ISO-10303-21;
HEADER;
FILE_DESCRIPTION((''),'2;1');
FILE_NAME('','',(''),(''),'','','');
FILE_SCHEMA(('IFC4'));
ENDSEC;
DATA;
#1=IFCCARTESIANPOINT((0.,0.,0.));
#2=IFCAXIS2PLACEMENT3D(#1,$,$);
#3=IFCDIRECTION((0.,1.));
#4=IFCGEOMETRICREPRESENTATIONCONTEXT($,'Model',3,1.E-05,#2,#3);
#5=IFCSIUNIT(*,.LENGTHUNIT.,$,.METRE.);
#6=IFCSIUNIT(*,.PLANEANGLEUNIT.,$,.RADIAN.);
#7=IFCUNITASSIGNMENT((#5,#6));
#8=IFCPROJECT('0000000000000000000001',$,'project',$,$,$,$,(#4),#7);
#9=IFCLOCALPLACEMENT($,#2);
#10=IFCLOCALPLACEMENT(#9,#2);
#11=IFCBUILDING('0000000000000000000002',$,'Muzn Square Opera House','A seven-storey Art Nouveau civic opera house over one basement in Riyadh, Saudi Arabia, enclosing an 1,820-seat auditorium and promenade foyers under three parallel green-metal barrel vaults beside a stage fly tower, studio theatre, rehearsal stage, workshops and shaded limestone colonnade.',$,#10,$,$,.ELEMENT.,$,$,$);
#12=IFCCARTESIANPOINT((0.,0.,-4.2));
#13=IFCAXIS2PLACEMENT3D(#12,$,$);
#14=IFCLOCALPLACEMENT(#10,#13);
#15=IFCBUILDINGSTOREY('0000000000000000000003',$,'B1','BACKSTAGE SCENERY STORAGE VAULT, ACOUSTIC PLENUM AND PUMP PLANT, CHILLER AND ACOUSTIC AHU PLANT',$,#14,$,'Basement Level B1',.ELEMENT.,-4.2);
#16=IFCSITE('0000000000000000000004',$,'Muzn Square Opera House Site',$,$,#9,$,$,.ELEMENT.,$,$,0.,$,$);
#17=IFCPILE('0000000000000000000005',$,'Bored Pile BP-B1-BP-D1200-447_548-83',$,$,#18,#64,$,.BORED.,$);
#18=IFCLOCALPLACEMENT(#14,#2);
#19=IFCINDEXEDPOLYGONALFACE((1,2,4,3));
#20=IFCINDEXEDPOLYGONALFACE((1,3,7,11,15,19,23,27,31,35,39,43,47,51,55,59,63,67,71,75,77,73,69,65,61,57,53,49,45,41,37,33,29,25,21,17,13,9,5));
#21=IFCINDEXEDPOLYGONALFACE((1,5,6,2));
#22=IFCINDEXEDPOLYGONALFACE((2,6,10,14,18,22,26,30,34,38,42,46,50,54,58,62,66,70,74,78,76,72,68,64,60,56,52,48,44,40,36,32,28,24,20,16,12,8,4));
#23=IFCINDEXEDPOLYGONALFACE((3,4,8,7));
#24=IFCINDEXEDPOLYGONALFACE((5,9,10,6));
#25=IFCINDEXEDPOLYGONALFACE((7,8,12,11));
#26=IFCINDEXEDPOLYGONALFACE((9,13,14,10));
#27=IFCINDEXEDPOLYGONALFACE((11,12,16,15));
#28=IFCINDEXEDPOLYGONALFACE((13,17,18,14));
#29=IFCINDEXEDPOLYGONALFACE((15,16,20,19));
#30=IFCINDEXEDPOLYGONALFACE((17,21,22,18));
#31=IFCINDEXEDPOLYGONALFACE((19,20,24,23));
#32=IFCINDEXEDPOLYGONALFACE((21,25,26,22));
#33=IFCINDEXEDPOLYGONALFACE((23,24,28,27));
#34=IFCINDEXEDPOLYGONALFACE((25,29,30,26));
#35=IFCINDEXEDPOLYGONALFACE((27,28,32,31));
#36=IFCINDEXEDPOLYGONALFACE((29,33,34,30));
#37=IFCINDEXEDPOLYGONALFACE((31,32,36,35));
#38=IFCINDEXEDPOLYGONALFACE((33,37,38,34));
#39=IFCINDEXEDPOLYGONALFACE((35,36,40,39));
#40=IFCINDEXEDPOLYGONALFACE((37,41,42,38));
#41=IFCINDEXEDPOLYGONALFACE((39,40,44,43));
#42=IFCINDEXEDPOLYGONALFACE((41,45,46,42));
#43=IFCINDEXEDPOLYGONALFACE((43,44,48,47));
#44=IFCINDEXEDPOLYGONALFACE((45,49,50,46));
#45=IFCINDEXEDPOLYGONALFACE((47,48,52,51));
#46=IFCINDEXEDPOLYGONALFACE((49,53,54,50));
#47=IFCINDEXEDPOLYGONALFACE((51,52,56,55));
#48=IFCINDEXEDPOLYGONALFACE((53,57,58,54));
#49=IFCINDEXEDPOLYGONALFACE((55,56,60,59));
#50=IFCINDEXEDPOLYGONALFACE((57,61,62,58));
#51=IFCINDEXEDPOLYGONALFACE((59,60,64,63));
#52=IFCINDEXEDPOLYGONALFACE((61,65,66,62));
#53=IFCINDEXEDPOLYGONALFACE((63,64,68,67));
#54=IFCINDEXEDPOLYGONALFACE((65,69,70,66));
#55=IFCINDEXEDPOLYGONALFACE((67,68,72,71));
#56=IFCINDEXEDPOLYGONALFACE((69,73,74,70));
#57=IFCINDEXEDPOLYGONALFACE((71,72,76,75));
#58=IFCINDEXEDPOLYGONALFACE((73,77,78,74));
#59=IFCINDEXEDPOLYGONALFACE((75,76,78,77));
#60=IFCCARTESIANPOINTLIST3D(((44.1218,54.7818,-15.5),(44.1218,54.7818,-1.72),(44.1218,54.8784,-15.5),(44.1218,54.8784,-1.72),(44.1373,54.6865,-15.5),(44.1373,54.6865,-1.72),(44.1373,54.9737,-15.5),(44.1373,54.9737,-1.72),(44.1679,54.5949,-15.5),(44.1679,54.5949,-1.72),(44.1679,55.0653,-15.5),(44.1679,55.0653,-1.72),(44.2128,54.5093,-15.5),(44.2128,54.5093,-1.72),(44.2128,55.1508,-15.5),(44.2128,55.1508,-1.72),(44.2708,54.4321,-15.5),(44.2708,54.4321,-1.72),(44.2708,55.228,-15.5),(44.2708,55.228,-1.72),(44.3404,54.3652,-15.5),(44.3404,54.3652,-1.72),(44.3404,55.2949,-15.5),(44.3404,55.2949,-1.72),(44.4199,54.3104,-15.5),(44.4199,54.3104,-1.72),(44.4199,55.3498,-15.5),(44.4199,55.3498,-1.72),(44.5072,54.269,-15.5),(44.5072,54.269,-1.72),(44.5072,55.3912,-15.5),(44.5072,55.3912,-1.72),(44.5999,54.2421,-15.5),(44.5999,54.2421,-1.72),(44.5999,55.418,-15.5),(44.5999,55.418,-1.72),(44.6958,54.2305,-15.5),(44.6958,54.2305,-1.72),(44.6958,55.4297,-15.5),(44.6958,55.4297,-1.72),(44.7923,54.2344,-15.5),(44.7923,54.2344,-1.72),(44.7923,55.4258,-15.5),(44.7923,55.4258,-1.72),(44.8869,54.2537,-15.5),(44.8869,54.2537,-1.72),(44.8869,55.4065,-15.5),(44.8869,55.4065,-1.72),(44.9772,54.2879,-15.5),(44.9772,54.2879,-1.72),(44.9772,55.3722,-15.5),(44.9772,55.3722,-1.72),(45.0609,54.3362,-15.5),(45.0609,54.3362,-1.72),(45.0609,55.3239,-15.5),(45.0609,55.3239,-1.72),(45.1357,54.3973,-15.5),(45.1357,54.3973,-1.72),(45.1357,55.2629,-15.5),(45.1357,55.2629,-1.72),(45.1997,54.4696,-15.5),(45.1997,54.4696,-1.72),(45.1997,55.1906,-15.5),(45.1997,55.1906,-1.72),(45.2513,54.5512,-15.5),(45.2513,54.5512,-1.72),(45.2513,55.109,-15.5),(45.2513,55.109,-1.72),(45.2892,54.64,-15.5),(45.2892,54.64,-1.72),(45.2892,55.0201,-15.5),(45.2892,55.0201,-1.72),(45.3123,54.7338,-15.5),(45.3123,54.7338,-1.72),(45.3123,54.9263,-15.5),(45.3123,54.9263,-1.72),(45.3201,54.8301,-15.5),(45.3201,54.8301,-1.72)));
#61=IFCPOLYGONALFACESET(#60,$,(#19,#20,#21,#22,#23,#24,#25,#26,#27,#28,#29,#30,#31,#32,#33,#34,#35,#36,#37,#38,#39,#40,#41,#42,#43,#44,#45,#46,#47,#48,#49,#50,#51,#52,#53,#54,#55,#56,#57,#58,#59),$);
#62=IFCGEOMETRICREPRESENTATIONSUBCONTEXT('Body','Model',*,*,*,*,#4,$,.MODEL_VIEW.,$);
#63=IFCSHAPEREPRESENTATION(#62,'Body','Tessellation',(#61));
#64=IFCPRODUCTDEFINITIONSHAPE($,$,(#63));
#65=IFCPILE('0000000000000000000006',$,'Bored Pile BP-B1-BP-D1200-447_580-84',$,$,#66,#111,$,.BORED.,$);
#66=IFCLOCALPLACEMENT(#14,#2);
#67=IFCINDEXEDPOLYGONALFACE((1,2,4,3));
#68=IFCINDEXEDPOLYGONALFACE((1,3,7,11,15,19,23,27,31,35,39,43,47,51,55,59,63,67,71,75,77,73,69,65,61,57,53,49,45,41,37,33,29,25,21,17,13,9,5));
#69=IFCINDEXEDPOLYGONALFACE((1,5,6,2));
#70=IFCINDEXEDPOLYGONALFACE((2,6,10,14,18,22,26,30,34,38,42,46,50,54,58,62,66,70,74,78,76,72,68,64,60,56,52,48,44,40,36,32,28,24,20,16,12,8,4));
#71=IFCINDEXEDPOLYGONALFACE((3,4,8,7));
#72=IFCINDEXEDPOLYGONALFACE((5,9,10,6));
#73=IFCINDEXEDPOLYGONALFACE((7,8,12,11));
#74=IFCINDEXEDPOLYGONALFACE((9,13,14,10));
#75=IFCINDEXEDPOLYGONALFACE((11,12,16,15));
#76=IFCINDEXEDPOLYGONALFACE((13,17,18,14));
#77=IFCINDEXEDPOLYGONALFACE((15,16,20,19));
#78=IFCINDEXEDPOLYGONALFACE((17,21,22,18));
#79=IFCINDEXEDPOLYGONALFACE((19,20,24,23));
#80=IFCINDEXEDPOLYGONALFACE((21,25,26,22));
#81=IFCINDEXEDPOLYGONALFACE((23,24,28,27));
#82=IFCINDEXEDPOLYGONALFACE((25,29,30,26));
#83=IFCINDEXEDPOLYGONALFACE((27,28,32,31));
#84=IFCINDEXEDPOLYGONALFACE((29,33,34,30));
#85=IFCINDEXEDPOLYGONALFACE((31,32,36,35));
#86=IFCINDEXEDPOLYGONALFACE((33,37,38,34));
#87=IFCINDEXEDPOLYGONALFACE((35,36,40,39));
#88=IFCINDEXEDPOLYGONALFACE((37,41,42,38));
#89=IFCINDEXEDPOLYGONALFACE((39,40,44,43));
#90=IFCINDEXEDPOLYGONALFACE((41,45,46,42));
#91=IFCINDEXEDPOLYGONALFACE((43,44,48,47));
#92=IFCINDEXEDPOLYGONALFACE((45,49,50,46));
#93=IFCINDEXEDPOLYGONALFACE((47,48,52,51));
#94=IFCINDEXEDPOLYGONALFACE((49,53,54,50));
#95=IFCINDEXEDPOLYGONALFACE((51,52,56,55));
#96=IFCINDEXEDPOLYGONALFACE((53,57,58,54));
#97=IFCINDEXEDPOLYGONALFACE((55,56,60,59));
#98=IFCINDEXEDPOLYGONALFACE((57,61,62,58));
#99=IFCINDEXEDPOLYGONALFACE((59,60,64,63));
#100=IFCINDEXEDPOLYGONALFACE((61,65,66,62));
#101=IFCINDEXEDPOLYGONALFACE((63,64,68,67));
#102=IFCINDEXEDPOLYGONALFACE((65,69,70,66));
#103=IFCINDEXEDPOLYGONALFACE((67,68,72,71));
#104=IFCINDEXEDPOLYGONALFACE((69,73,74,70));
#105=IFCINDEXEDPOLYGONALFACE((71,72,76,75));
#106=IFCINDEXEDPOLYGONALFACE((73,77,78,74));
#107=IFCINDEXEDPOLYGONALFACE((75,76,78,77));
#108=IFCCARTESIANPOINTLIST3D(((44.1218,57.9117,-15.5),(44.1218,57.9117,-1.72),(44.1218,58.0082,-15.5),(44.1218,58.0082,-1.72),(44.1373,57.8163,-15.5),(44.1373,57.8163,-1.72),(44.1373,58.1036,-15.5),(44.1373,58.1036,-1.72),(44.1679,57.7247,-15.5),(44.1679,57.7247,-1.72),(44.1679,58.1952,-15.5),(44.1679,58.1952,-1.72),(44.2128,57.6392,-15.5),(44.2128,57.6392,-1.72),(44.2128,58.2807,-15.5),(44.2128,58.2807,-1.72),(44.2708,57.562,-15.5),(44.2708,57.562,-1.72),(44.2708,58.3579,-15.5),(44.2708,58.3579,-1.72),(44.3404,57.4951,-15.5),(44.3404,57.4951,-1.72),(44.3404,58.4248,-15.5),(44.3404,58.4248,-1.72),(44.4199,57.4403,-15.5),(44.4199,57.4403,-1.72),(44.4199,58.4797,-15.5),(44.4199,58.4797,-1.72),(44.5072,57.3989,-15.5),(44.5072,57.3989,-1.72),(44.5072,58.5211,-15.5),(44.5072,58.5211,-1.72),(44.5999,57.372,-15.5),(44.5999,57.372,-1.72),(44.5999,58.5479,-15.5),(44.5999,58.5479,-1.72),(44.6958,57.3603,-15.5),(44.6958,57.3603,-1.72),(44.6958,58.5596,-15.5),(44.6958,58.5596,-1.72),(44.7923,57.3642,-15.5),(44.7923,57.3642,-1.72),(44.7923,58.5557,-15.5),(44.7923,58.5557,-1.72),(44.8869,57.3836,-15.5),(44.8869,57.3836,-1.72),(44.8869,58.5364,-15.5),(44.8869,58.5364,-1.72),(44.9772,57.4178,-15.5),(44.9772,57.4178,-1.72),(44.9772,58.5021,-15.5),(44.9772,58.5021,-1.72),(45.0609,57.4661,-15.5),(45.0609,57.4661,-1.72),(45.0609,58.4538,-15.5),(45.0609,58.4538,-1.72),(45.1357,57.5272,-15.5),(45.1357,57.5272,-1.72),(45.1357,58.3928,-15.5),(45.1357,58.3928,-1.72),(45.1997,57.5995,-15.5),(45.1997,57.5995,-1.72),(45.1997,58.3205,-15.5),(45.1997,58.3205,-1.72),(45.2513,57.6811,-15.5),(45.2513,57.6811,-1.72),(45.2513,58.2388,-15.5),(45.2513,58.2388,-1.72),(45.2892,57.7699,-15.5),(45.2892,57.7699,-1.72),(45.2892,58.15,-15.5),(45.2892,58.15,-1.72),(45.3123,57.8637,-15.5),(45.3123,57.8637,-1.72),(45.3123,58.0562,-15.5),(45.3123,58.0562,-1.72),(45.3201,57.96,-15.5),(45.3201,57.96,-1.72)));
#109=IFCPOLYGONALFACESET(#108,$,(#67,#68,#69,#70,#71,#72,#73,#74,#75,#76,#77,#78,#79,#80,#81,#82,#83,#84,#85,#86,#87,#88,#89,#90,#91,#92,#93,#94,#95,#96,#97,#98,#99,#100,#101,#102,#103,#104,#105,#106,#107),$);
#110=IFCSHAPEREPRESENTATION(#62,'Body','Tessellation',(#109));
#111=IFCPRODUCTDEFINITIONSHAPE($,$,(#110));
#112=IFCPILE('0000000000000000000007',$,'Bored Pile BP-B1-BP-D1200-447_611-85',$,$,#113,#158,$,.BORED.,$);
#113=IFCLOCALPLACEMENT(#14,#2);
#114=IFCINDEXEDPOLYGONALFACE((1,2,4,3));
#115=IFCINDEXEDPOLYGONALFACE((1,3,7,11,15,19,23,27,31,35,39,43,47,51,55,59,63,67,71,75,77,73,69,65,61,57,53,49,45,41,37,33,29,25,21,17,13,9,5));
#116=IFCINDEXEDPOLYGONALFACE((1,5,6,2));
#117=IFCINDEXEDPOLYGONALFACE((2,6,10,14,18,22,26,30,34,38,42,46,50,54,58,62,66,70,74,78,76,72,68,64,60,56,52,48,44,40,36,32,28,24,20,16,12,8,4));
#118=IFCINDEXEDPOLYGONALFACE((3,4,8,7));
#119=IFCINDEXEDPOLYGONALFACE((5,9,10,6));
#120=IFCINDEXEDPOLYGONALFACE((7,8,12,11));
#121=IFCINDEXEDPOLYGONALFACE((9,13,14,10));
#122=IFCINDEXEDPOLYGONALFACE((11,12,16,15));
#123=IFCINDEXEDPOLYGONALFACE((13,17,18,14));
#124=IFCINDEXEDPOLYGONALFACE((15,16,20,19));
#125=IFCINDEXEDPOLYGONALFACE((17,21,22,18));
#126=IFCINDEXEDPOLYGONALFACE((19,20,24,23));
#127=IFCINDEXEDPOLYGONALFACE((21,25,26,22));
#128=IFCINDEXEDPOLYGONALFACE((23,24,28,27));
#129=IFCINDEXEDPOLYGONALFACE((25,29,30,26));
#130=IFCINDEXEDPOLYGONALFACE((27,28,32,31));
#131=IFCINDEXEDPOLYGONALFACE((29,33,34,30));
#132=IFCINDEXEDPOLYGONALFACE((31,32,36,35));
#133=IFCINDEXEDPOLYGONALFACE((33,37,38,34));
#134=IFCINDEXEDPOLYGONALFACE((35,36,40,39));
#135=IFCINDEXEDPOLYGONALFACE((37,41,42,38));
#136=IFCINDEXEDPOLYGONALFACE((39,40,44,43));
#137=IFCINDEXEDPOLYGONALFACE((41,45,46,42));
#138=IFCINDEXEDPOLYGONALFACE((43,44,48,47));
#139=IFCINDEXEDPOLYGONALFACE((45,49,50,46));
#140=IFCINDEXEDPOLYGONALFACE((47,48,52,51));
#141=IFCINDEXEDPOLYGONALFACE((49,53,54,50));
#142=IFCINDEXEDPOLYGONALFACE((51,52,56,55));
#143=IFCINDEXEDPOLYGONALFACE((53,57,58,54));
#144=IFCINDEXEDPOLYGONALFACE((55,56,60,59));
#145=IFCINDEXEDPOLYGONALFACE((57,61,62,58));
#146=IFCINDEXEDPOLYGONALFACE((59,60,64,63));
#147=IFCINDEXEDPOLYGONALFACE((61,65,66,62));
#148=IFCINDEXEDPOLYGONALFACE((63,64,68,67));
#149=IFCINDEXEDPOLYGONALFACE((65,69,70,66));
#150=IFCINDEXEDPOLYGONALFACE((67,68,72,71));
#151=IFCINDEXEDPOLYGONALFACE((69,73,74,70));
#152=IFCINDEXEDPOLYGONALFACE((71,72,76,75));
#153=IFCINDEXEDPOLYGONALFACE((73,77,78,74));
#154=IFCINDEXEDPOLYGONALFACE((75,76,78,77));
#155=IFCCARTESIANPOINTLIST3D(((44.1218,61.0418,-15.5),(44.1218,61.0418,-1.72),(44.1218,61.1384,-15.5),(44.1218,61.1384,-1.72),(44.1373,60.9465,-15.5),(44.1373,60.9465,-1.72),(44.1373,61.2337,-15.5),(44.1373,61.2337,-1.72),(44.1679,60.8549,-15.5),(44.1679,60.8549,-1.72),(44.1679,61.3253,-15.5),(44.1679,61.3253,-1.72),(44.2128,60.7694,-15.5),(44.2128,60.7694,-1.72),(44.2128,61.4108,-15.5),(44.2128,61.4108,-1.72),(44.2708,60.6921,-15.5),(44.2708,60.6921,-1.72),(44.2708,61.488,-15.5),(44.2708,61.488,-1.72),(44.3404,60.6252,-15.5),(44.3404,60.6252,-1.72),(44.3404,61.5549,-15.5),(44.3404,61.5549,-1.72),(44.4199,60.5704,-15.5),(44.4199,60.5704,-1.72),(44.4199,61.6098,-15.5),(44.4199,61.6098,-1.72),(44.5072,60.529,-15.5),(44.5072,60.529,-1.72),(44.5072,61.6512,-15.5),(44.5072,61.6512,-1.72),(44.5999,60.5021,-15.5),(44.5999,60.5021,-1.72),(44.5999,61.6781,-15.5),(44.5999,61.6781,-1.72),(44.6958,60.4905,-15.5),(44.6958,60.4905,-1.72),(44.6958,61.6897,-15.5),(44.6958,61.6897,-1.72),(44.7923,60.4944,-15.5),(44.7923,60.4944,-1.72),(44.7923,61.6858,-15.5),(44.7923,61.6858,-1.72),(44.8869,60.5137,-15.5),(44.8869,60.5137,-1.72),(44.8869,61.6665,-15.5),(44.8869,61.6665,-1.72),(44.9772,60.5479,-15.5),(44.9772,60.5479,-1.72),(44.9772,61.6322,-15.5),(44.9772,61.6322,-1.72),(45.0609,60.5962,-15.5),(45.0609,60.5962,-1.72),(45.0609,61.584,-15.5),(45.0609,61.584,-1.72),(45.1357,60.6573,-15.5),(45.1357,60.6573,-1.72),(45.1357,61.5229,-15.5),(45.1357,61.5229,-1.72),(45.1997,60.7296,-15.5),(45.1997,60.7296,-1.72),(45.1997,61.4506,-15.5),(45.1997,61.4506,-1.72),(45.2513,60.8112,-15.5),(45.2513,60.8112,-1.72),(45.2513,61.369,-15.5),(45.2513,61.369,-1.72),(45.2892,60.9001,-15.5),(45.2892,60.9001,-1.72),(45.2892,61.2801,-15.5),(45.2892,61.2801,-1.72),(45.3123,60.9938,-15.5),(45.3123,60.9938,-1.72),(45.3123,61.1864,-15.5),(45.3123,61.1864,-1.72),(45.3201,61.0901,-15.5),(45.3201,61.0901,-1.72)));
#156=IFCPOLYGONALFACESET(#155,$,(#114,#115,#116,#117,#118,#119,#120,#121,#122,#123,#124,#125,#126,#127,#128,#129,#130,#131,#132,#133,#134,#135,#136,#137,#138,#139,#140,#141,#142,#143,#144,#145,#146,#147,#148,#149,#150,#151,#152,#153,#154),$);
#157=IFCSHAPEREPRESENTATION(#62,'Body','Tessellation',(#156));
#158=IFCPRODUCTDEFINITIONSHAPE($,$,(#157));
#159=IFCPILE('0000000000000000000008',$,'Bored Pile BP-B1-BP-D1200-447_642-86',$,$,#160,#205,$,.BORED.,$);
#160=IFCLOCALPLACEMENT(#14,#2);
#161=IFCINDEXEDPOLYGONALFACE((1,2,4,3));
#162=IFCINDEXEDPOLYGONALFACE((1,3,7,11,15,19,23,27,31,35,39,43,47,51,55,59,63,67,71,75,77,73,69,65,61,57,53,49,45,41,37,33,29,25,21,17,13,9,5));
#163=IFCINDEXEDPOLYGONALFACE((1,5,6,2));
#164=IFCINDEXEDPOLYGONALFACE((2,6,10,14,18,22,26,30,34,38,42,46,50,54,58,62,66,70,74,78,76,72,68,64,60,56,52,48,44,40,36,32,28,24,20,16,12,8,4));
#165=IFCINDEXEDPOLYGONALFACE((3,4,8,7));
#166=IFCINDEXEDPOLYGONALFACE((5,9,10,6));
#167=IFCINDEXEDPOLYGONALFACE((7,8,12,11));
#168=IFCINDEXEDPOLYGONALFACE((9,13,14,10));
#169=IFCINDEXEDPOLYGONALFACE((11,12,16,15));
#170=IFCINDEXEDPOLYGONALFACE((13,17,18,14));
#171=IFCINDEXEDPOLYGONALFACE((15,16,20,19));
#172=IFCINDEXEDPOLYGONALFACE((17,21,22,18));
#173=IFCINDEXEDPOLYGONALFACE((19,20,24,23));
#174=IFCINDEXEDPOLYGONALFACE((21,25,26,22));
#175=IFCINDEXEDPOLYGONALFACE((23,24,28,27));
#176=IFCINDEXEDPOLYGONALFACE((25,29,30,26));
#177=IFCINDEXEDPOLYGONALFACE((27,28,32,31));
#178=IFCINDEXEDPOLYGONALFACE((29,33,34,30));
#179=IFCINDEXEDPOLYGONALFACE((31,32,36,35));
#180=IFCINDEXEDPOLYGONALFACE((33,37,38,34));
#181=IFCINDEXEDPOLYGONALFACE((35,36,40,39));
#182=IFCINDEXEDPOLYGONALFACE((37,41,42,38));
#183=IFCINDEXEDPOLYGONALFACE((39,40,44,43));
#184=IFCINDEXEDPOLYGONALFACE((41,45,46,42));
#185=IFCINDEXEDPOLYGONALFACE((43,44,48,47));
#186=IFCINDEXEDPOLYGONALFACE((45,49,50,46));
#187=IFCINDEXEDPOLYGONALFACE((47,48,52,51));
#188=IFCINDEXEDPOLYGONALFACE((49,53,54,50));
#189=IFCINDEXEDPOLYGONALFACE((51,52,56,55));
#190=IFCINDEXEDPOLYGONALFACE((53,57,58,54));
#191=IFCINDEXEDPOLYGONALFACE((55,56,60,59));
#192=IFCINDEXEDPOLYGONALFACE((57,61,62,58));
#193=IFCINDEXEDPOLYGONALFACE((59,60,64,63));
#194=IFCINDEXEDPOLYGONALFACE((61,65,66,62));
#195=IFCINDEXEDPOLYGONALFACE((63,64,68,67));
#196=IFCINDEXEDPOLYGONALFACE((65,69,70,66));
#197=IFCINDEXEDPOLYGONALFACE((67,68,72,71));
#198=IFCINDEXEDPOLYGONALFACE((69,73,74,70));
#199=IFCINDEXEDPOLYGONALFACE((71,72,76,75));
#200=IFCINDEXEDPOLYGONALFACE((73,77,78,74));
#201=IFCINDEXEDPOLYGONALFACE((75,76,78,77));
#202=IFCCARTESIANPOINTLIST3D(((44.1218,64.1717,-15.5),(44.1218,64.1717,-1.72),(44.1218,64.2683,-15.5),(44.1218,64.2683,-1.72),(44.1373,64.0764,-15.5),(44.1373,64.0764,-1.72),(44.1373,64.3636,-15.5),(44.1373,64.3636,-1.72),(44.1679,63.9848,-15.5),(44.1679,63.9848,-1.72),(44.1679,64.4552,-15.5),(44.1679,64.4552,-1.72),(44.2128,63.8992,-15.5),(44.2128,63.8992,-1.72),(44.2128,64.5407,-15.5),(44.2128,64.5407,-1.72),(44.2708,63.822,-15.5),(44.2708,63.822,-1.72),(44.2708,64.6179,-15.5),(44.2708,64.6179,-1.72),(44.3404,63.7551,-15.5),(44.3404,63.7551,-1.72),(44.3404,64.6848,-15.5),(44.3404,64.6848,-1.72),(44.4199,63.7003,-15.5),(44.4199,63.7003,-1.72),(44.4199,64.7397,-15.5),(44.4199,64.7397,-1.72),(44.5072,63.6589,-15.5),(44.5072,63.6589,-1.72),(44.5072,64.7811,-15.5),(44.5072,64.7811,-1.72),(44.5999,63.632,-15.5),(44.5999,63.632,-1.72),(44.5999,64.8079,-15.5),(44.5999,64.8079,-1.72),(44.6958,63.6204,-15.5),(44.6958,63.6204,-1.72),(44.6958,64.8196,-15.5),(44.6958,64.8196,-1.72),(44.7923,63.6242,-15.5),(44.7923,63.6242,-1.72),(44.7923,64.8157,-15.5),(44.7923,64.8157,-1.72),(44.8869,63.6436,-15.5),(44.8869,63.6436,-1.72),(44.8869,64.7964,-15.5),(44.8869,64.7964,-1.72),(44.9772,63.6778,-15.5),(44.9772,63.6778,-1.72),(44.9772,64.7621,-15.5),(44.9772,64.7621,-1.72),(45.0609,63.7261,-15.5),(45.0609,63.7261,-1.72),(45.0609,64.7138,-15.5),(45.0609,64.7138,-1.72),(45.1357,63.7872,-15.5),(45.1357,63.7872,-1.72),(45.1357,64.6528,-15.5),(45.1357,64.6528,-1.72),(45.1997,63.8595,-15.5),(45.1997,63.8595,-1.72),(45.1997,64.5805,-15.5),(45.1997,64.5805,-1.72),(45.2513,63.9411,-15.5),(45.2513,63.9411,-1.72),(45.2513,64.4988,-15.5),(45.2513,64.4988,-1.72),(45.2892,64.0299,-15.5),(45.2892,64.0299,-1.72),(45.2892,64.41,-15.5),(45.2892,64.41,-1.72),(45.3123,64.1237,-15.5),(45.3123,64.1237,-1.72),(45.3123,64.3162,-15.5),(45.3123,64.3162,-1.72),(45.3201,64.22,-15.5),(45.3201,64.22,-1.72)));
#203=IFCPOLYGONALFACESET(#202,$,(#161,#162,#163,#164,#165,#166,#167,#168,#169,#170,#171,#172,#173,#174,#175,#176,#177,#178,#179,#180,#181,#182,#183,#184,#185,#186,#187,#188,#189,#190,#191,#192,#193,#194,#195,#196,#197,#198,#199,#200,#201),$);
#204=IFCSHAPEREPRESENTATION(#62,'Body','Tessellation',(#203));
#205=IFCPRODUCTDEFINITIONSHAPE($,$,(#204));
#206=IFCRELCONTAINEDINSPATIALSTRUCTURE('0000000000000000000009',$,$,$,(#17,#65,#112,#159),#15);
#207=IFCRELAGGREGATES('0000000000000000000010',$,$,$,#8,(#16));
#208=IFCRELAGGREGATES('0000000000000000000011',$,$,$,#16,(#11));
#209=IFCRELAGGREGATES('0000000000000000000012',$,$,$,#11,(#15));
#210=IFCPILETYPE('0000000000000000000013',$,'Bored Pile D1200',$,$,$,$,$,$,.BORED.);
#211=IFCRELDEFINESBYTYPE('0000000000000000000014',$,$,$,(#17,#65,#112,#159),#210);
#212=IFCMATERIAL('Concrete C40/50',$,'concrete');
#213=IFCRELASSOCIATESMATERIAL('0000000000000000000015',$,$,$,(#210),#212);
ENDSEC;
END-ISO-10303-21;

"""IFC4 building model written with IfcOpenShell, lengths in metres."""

from ifc_helpers import new_model, si_unit, direction, frame, origin, origin_2d, place, context, subcontext, project, spatial, circle, extrude, material, material_profile, profile_set, type_object, element, save


model = new_model("IFC4")

# Units and contexts
model_context = context("Model", 3, precision=1e-05, world=origin(), true_north=direction((0.0, 1.0)))
body_context = subcontext(model_context, "Body", "Model", "MODEL_VIEW")
ifc_project = project(units=[si_unit("LENGTHUNIT", "METRE"), si_unit("PLANEANGLEUNIT", "RADIAN")], contexts=[model_context])

# Site, building, storey
site_placement = place(None, origin())
site = spatial("IfcSite", under=ifc_project, at=site_placement, Name="Muzn Square Opera House Site", CompositionType="ELEMENT", RefElevation=0.0)
building_placement = place(site_placement, origin())
building = spatial("IfcBuilding", under=site, at=building_placement, Name="Muzn Square Opera House", Description="A seven-storey Art Nouveau civic opera house over one basement in Riyadh, Saudi Arabia, enclosing an 1,820-seat auditorium and promenade foyers under three parallel green-metal barrel vaults beside a stage fly tower, studio theatre, rehearsal stage, workshops and shaded limestone colonnade.", CompositionType="ELEMENT")
storey_placement = place(building_placement, frame((0.0, 0.0, -4.2)))
storey = spatial("IfcBuildingStorey", under=building, at=storey_placement, Name="B1", Description="BACKSTAGE SCENERY STORAGE VAULT, ACOUSTIC PLENUM AND PUMP PLANT, CHILLER AND ACOUSTIC AHU PLANT", LongName="Basement Level B1", CompositionType="ELEMENT", Elevation=-4.2)

# Piles
ifc_material_1 = material(Name="Concrete C40/50", Category="concrete")
ifc_material_profile_1 = material_profile(ifc_material_1, circle(Radius=0.6001, at=origin_2d()), Name="BORED PILE D1200", Category="concrete")
ifc_profile_set_1 = profile_set([ifc_material_profile_1], Name="Concrete C40/50")
pile_type = type_object("IfcPileType", Name="Bored Pile D1200", PredefinedType="BORED", material=ifc_profile_set_1)
for number, where, z_axis, x_axis, name in (
    (1, (44.72, 54.8301, -1.72), (0.0, 0.0, -1.0), (1.0, 0.0, 0.0), "Bored Pile BP-B1-BP-D1200-447_548-83"),
    (2, (44.72, 57.96, -1.72), (0.0, 0.0, -1.0), (1.0, 0.0, 0.0), "Bored Pile BP-B1-BP-D1200-447_580-84"),
    (3, (44.72, 61.0901, -1.72), (0.0, 0.0, -1.0), (1.0, 0.0, 0.0), "Bored Pile BP-B1-BP-D1200-447_611-85"),
    (4, (44.72, 64.22, -1.72), (0.0, 0.0, -1.0), (1.0, 0.0, 0.0), "Bored Pile BP-B1-BP-D1200-447_642-86"),
):
    element("IfcPile", number, at=place(storey_placement, frame(where, z_axis=z_axis, x_axis=x_axis)), inside=storey, type_object=pile_type, Name=name, PredefinedType="BORED", context=body_context, shape_type="SweptSolid", body=[
        extrude(circle(Radius=0.6001, at=origin_2d()), origin(), (0.0, 0.0, 1.0), 13.78),
    ])

save(model, "model.ifc")
